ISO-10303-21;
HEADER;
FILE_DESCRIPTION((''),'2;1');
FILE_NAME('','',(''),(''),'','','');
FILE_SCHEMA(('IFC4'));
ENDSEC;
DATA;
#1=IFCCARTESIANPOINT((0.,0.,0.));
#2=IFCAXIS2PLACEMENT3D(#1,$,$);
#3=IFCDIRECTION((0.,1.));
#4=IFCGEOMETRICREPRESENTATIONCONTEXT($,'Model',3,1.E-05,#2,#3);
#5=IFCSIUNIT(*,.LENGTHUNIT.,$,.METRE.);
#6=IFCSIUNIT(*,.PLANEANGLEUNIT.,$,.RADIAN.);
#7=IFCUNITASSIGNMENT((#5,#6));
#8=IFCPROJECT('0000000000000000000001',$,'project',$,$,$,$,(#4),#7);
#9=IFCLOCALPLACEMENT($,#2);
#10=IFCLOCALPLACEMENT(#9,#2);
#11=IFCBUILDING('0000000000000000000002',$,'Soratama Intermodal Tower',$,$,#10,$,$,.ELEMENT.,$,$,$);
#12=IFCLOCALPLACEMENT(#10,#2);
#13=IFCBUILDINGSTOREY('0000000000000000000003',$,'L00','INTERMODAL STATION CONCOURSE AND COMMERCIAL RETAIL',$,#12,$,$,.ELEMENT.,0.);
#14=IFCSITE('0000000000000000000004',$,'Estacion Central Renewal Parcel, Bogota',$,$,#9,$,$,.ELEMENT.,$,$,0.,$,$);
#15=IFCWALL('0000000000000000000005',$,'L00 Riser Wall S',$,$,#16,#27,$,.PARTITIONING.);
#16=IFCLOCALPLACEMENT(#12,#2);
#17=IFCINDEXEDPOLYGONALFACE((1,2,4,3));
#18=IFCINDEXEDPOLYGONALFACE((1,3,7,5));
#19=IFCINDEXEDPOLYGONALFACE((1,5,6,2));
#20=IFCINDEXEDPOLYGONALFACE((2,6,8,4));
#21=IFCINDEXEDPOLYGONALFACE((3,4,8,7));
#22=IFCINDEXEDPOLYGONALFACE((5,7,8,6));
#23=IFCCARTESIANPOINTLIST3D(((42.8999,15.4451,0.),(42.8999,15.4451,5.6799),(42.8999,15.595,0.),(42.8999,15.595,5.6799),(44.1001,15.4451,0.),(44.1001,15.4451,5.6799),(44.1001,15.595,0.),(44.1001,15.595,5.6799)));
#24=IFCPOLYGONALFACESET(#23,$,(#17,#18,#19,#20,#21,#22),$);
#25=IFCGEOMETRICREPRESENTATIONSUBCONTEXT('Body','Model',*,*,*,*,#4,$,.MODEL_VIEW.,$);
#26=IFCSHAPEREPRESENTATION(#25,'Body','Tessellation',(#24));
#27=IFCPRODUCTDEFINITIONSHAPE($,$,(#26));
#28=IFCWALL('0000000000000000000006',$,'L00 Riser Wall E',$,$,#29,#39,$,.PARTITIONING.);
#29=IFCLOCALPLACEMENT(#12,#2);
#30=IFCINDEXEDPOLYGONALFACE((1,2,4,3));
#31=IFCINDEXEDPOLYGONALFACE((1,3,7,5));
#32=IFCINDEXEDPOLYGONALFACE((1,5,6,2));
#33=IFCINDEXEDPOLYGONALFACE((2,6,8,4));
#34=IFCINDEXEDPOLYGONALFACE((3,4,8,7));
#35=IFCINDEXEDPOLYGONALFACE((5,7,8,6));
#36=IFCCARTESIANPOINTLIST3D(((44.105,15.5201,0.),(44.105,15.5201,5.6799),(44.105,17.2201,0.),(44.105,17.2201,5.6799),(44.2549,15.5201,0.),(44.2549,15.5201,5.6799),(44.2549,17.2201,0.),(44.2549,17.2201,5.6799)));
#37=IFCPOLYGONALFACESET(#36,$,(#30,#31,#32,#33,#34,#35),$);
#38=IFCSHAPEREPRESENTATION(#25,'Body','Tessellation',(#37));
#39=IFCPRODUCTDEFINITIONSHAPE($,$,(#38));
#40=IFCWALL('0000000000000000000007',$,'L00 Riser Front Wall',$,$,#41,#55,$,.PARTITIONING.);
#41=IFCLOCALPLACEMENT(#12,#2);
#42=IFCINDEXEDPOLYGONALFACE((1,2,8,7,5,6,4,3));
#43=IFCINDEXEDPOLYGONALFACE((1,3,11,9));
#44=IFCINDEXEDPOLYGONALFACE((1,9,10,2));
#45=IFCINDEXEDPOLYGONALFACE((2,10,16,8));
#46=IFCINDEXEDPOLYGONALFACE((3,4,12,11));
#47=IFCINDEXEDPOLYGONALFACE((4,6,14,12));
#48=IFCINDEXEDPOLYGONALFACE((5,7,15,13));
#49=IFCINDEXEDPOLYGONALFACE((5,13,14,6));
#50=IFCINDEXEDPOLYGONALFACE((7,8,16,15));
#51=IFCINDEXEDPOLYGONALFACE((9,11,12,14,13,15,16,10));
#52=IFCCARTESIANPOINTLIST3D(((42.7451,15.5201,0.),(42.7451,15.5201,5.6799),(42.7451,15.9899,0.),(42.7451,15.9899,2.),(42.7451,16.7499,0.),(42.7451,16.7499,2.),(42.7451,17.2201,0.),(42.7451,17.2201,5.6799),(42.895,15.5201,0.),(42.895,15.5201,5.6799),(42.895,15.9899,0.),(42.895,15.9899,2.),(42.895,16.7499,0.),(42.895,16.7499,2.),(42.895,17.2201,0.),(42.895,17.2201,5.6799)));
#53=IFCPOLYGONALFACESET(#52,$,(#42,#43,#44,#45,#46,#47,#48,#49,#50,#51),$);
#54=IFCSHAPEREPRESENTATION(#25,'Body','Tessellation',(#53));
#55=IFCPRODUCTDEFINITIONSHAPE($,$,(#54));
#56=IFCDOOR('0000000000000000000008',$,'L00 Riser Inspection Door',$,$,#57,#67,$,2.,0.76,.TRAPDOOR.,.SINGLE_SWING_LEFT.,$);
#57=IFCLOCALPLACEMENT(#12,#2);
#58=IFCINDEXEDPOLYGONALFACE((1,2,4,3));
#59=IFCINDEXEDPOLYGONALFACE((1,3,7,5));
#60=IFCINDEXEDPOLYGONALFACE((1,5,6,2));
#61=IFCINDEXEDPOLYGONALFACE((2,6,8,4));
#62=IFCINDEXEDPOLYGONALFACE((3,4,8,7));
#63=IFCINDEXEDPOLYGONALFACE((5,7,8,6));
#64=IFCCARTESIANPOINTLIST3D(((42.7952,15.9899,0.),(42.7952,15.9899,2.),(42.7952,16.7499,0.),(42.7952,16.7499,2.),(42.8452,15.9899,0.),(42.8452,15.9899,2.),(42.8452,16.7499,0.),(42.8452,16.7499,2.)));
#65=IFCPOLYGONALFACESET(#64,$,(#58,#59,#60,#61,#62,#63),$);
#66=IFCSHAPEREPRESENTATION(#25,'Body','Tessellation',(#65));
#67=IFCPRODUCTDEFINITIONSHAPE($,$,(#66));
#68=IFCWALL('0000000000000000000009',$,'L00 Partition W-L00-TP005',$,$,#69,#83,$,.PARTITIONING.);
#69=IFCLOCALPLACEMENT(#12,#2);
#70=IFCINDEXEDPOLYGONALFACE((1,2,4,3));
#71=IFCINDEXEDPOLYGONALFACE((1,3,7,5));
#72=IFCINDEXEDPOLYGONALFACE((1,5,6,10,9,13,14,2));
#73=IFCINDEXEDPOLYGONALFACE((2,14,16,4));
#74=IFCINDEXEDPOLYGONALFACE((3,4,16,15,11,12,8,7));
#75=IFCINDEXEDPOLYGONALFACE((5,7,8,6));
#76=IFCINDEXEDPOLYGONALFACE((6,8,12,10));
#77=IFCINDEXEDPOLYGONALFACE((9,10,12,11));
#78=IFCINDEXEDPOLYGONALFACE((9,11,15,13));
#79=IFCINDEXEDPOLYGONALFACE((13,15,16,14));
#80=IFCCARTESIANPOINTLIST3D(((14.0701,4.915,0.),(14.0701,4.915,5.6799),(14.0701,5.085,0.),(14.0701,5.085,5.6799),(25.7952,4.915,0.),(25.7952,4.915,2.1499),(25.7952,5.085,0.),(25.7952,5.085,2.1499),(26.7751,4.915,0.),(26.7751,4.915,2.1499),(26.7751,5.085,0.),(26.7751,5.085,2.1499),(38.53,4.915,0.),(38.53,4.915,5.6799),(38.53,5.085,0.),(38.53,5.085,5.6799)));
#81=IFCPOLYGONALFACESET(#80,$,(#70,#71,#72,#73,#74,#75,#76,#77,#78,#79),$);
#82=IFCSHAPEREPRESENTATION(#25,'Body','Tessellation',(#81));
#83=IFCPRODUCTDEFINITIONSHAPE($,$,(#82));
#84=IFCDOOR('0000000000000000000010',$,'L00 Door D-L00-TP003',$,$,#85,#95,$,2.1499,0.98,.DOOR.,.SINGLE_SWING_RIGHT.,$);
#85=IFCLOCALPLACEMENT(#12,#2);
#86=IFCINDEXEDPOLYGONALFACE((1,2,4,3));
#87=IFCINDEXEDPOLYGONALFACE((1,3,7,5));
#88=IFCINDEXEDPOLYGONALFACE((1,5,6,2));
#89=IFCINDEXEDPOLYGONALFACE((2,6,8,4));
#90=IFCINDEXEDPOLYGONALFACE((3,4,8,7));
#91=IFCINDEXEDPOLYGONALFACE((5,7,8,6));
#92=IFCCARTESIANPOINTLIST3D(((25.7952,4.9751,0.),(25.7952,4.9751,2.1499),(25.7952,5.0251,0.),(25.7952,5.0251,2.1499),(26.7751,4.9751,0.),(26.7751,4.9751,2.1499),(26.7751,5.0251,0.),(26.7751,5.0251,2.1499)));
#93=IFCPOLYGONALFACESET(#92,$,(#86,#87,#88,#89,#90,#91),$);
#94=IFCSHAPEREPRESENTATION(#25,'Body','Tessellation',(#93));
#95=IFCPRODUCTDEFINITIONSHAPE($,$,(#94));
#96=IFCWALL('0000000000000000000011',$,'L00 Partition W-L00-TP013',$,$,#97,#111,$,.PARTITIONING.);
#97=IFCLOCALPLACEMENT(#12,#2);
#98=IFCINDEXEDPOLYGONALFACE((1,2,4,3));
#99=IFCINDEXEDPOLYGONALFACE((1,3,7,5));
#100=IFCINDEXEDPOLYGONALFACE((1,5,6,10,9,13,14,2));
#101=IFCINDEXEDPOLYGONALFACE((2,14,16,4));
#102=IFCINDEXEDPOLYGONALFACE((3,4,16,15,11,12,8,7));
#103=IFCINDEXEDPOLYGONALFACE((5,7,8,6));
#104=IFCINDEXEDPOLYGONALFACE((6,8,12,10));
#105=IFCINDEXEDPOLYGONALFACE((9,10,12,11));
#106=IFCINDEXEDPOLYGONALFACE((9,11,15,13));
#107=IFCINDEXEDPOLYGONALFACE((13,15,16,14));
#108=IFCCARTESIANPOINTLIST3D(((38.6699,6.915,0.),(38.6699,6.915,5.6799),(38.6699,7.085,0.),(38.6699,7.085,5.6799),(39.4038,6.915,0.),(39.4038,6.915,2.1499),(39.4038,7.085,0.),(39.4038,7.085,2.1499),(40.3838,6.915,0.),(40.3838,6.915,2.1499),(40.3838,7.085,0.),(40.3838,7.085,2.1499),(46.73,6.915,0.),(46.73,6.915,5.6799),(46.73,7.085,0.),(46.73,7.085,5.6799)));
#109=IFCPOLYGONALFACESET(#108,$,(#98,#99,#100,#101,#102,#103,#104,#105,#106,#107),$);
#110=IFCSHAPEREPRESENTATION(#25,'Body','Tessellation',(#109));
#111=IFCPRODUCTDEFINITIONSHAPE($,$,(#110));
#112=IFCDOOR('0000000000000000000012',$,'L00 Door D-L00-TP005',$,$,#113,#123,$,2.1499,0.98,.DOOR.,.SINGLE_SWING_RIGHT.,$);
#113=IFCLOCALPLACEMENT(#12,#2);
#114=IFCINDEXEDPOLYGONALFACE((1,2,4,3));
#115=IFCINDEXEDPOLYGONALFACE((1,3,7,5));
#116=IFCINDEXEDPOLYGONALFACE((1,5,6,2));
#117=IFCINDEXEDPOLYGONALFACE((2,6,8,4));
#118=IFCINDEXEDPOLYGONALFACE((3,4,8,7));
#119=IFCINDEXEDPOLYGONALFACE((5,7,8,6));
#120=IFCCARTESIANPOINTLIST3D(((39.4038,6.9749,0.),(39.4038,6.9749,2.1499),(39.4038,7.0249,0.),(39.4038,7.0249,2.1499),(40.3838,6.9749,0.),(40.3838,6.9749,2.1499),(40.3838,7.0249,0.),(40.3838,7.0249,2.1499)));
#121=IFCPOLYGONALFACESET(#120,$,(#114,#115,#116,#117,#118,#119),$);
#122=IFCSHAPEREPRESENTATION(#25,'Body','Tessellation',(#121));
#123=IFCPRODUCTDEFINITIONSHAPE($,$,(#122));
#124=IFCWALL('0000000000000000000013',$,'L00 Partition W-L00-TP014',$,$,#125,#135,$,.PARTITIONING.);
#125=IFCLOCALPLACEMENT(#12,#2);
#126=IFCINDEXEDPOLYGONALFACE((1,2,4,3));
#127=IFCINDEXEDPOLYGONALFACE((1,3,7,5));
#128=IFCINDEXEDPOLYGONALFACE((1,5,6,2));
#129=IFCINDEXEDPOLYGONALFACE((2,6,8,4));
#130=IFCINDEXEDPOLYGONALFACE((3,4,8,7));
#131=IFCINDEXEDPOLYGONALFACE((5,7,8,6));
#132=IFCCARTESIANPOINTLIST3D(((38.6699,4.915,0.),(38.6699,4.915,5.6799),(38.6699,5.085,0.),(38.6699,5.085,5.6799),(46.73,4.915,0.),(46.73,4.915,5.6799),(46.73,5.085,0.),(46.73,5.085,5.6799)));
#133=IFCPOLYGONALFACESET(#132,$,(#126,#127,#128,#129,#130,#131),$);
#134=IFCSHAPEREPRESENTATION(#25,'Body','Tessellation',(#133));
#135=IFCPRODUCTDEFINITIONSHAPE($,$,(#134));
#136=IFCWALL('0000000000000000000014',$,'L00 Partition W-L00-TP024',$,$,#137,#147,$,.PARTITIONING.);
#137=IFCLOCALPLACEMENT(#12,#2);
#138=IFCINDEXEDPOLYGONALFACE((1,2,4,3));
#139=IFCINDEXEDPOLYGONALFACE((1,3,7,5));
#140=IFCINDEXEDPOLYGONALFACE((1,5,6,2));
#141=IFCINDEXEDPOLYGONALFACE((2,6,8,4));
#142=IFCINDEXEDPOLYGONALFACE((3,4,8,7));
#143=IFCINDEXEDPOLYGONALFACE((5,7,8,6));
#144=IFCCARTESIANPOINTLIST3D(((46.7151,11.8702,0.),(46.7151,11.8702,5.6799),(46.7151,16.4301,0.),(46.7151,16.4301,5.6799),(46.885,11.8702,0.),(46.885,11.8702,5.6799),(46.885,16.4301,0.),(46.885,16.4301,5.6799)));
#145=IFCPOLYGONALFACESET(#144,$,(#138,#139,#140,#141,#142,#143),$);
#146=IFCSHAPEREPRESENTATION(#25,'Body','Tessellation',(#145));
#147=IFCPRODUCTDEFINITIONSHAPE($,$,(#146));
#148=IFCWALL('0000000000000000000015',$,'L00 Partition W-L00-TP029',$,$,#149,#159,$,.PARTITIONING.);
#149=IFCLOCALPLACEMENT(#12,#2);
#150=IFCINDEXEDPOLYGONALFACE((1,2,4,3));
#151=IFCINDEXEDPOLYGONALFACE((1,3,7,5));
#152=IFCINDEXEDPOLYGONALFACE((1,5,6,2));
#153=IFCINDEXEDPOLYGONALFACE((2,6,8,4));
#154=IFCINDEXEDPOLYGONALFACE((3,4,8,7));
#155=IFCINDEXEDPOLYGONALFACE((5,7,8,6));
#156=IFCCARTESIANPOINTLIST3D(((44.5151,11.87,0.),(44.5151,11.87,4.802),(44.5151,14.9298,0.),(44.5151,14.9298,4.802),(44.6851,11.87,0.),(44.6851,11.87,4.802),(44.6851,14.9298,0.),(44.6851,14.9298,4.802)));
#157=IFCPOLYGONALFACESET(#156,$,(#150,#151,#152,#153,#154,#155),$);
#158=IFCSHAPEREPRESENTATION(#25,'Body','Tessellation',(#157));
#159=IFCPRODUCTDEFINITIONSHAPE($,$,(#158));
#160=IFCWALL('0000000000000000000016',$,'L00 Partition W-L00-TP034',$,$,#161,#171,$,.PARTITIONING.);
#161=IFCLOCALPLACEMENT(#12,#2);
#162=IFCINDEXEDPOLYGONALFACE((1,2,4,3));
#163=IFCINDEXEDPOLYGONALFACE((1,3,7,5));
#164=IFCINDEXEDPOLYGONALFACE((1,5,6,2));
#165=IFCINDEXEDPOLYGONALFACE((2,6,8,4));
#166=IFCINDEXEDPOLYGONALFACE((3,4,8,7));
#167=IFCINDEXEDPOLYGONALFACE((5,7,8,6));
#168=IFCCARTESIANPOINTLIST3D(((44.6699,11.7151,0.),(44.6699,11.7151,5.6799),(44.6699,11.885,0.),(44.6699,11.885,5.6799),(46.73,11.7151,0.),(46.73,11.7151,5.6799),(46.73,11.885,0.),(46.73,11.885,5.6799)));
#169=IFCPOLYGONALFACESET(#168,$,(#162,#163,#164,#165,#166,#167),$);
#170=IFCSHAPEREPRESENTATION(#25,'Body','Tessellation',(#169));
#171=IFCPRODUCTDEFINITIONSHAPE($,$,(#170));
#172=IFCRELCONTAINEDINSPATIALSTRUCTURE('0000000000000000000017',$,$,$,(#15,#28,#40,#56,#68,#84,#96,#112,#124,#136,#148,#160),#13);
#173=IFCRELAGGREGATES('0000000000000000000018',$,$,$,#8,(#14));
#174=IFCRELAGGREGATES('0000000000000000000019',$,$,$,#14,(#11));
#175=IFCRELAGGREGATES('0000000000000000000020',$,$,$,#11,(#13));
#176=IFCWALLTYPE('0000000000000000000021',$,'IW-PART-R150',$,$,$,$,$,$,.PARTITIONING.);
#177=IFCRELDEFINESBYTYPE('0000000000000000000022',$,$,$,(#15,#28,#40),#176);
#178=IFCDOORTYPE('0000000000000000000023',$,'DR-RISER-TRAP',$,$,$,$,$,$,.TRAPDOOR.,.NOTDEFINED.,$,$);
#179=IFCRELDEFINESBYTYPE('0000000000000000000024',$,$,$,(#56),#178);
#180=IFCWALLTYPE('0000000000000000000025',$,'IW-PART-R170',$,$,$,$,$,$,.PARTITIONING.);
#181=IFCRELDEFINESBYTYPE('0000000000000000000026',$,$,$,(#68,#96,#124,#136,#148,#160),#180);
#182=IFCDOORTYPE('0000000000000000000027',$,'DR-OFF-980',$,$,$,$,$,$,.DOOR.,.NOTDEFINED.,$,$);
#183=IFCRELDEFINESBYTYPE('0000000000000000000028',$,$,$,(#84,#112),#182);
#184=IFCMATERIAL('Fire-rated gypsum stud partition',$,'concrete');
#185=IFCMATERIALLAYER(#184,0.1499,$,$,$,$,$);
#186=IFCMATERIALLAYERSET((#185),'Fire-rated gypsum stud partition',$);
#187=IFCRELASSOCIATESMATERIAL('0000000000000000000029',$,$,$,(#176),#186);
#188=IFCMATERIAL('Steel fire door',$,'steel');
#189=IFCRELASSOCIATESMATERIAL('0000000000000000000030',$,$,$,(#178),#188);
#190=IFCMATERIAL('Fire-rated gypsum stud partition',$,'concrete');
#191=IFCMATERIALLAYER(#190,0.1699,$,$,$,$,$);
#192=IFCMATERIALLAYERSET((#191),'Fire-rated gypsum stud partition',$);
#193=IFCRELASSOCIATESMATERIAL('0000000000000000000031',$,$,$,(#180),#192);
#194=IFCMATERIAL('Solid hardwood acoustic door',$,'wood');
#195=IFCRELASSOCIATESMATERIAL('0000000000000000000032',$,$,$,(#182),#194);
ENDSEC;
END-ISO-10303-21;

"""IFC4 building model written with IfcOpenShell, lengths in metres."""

from ifc_helpers import new_model, si_unit, direction, frame, frame_2d, origin, place, context, subcontext, project, spatial, rectangle, extrude, material, layer, layer_set, type_object, element, fill, save


model = new_model("IFC4")

# Units and contexts
model_context = context("Model", 3, precision=1e-05, world=origin(), true_north=direction((0.0, 1.0)))
body_context = subcontext(model_context, "Body", "Model", "MODEL_VIEW")
ifc_project = project(units=[si_unit("LENGTHUNIT", "METRE"), si_unit("PLANEANGLEUNIT", "RADIAN")], contexts=[model_context])

# Site, building, storey
site_placement = place(None, origin())
site = spatial("IfcSite", under=ifc_project, at=site_placement, Name="Estacion Central Renewal Parcel, Bogota", CompositionType="ELEMENT", RefElevation=0.0)
building_placement = place(site_placement, origin())
building = spatial("IfcBuilding", under=site, at=building_placement, Name="Soratama Intermodal Tower", CompositionType="ELEMENT")
storey_placement = place(building_placement, origin())
storey = spatial("IfcBuildingStorey", under=building, at=storey_placement, Name="L00", Description="INTERMODAL STATION CONCOURSE AND COMMERCIAL RETAIL", CompositionType="ELEMENT", Elevation=0.0)

# Walls
ifc_material_1 = material(Name="Fire-rated gypsum stud partition", Category="concrete")
ifc_layer_1 = layer(ifc_material_1, 0.1499)
ifc_layer_set_1 = layer_set([ifc_layer_1], Name="Fire-rated gypsum stud partition")
wall_type_1 = type_object("IfcWallType", Name="IW-PART-R150", PredefinedType="PARTITIONING", material=ifc_layer_set_1)
wall_1_placement = place(storey_placement, frame((42.8999, 15.52, 0.0), z_axis=(0.0, 0.0, 1.0), x_axis=(1.0, 0.0, 0.0)))
element("IfcWall", 1, at=wall_1_placement, inside=storey, type_object=wall_type_1, Name="L00 Riser Wall S", PredefinedType="PARTITIONING", context=body_context, shape_type="SweptSolid", body=[
    extrude(rectangle(XDim=1.2002, YDim=0.1499, at=frame_2d((0.6001, 0.0))), origin(), (0.0, 0.0, 1.0), 5.6799),
])
wall_2_placement = place(storey_placement, frame((44.1799, 15.52, 0.0), z_axis=(0.0, 0.0, 1.0), x_axis=(0.0, 1.0, 0.0)))
element("IfcWall", 2, at=wall_2_placement, inside=storey, type_object=wall_type_1, Name="L00 Riser Wall E", PredefinedType="PARTITIONING", context=body_context, shape_type="SweptSolid", body=[
    extrude(rectangle(XDim=1.7, YDim=0.1499, at=frame_2d((0.8501, 0.0))), origin(), (0.0, 0.0, 1.0), 5.6799),
])

# Walls, openings, doors
wall_3_placement = place(storey_placement, frame((42.8201, 15.52, 0.0), z_axis=(0.0, 0.0, 1.0), x_axis=(0.0, 1.0, 0.0)))
wall_3 = element("IfcWall", 3, at=wall_3_placement, inside=storey, type_object=wall_type_1, Name="L00 Riser Front Wall", PredefinedType="PARTITIONING", context=body_context, shape_type="SweptSolid", body=[
    extrude(rectangle(XDim=1.7, YDim=0.1499, at=frame_2d((0.8501, 0.0))), origin(), (0.0, 0.0, 1.0), 5.6799),
])
opening_1_placement = place(wall_3_placement, frame((0.47, 0.0, 0.0)))
opening_1 = element("IfcOpeningElement", 4, at=opening_1_placement, cuts=wall_3, PredefinedType="OPENING", context=body_context, shape_type="SweptSolid", body=[
    extrude(rectangle(XDim=0.76, YDim=2.0, at=frame_2d((0.3799, 1.0))), frame((0.0, 0.085, 0.0), z_axis=(0.0, -1.0, 0.0), x_axis=(1.0, 0.0, 0.0)), (0.0, 0.0, 1.0), 0.1699),
])
ifc_material_2 = material(Name="Steel fire door", Category="steel")
door_type_1 = type_object("IfcDoorType", Name="DR-RISER-TRAP", OperationType="NOTDEFINED", PredefinedType="TRAPDOOR", material=ifc_material_2)
door_1_placement = place(opening_1_placement, origin())
door_1 = element("IfcDoor", 5, at=door_1_placement, inside=storey, type_object=door_type_1, Name="L00 Riser Inspection Door", OperationType="SINGLE_SWING_LEFT", OverallHeight=2.0, OverallWidth=0.76, PredefinedType="TRAPDOOR", context=body_context, shape_type="SweptSolid", body=[
    extrude(rectangle(XDim=0.76, YDim=2.0, at=frame_2d((0.3799, 1.0))), frame((0.0, 0.0249, 0.0), z_axis=(0.0, -1.0, 0.0), x_axis=(1.0, 0.0, 0.0)), (0.0, 0.0, 1.0), 0.05),
])
fill(opening_1, door_1)
ifc_material_3 = material(Name="Fire-rated gypsum stud partition", Category="concrete")
ifc_layer_2 = layer(ifc_material_3, 0.1699)
ifc_layer_set_2 = layer_set([ifc_layer_2], Name="Fire-rated gypsum stud partition")
wall_type_2 = type_object("IfcWallType", Name="IW-PART-R170", PredefinedType="PARTITIONING", material=ifc_layer_set_2)
wall_4_placement = place(storey_placement, frame((38.53, 5.0, 0.0), z_axis=(0.0, 0.0, 1.0), x_axis=(-1.0, 0.0, 0.0)))
wall_4 = element("IfcWall", 6, at=wall_4_placement, inside=storey, type_object=wall_type_2, Name="L00 Partition W-L00-TP005", PredefinedType="PARTITIONING", context=body_context, shape_type="SweptSolid", body=[
    extrude(rectangle(XDim=24.46, YDim=0.1699, at=frame_2d((12.23, 0.0))), origin(), (0.0, 0.0, 1.0), 5.6799),
])
opening_2_placement = place(wall_4_placement, frame((11.7549, 0.0, 0.0)))
opening_2 = element("IfcOpeningElement", 7, at=opening_2_placement, cuts=wall_4, PredefinedType="OPENING", context=body_context, shape_type="SweptSolid", body=[
    extrude(rectangle(XDim=0.98, YDim=2.1499, at=frame_2d((0.49, 1.075))), frame((0.0, 0.095, 0.0), z_axis=(0.0, -1.0, 0.0), x_axis=(1.0, 0.0, 0.0)), (0.0, 0.0, 1.0), 0.1899),
])
ifc_material_4 = material(Name="Solid hardwood acoustic door", Category="wood")
door_type_2 = type_object("IfcDoorType", Name="DR-OFF-980", OperationType="NOTDEFINED", PredefinedType="DOOR", material=ifc_material_4)
door_2_placement = place(opening_2_placement, origin())
door_2 = element("IfcDoor", 8, at=door_2_placement, inside=storey, type_object=door_type_2, Name="L00 Door D-L00-TP003", OperationType="SINGLE_SWING_RIGHT", OverallHeight=2.1499, OverallWidth=0.98, PredefinedType="DOOR", context=body_context, shape_type="SweptSolid", body=[
    extrude(rectangle(XDim=0.98, YDim=2.1499, at=frame_2d((0.49, 1.075))), frame((0.0, 0.0249, 0.0), z_axis=(0.0, -1.0, 0.0), x_axis=(1.0, 0.0, 0.0)), (0.0, 0.0, 1.0), 0.05),
])
fill(opening_2, door_2)
wall_5_placement = place(storey_placement, frame((38.6699, 7.0, 0.0), z_axis=(0.0, 0.0, 1.0), x_axis=(1.0, 0.0, 0.0)))
wall_5 = element("IfcWall", 9, at=wall_5_placement, inside=storey, type_object=wall_type_2, Name="L00 Partition W-L00-TP013", PredefinedType="PARTITIONING", context=body_context, shape_type="SweptSolid", body=[
    extrude(rectangle(XDim=8.0601, YDim=0.1699, at=frame_2d((4.03, 0.0))), origin(), (0.0, 0.0, 1.0), 5.6799),
])
opening_3_placement = place(wall_5_placement, frame((0.7339, 0.0, 0.0)))
opening_3 = element("IfcOpeningElement", 10, at=opening_3_placement, cuts=wall_5, PredefinedType="OPENING", context=body_context, shape_type="SweptSolid", body=[
    extrude(rectangle(XDim=0.98, YDim=2.1499, at=frame_2d((0.49, 1.075))), frame((0.0, 0.095, 0.0), z_axis=(0.0, -1.0, 0.0), x_axis=(1.0, 0.0, 0.0)), (0.0, 0.0, 1.0), 0.1899),
])
door_3_placement = place(opening_3_placement, origin())
door_3 = element("IfcDoor", 11, at=door_3_placement, inside=storey, type_object=door_type_2, Name="L00 Door D-L00-TP005", OperationType="SINGLE_SWING_RIGHT", OverallHeight=2.1499, OverallWidth=0.98, PredefinedType="DOOR", context=body_context, shape_type="SweptSolid", body=[
    extrude(rectangle(XDim=0.98, YDim=2.1499, at=frame_2d((0.49, 1.075))), frame((0.0, 0.0249, 0.0), z_axis=(0.0, -1.0, 0.0), x_axis=(1.0, 0.0, 0.0)), (0.0, 0.0, 1.0), 0.05),
])
fill(opening_3, door_3)

# Walls
wall_6_placement = place(storey_placement, frame((46.73, 5.0, 0.0), z_axis=(0.0, 0.0, 1.0), x_axis=(-1.0, 0.0, 0.0)))
element("IfcWall", 12, at=wall_6_placement, inside=storey, type_object=wall_type_2, Name="L00 Partition W-L00-TP014", PredefinedType="PARTITIONING", context=body_context, shape_type="SweptSolid", body=[
    extrude(rectangle(XDim=8.0601, YDim=0.1699, at=frame_2d((4.03, 0.0))), origin(), (0.0, 0.0, 1.0), 5.6799),
])
wall_7_placement = place(storey_placement, frame((46.8, 16.4299, 0.0), z_axis=(0.0, 0.0, 1.0), x_axis=(0.0, -1.0, 0.0)))
element("IfcWall", 13, at=wall_7_placement, inside=storey, type_object=wall_type_2, Name="L00 Partition W-L00-TP024", PredefinedType="PARTITIONING", context=body_context, shape_type="SweptSolid", body=[
    extrude(rectangle(XDim=4.5598, YDim=0.1699, at=frame_2d((2.2798, 0.0))), origin(), (0.0, 0.0, 1.0), 5.6799),
])
wall_8_placement = place(storey_placement, frame((44.6001, 11.8701, 0.0), z_axis=(0.0, 0.0, 1.0), x_axis=(0.0, 1.0, 0.0)))
element("IfcWall", 14, at=wall_8_placement, inside=storey, type_object=wall_type_2, Name="L00 Partition W-L00-TP029", PredefinedType="PARTITIONING", context=body_context, shape_type="SweptSolid", body=[
    extrude(rectangle(XDim=3.0598, YDim=0.1699, at=frame_2d((1.5298, 0.0))), origin(), (0.0, 0.0, 1.0), 4.802),
])
wall_9_placement = place(storey_placement, frame((46.73, 11.8, 0.0), z_axis=(0.0, 0.0, 1.0), x_axis=(-1.0, 0.0, 0.0)))
element("IfcWall", 15, at=wall_9_placement, inside=storey, type_object=wall_type_2, Name="L00 Partition W-L00-TP034", PredefinedType="PARTITIONING", context=body_context, shape_type="SweptSolid", body=[
    extrude(rectangle(XDim=2.0601, YDim=0.1699, at=frame_2d((1.03, 0.0))), origin(), (0.0, 0.0, 1.0), 5.6799),
])

save(model, "model.ifc")
